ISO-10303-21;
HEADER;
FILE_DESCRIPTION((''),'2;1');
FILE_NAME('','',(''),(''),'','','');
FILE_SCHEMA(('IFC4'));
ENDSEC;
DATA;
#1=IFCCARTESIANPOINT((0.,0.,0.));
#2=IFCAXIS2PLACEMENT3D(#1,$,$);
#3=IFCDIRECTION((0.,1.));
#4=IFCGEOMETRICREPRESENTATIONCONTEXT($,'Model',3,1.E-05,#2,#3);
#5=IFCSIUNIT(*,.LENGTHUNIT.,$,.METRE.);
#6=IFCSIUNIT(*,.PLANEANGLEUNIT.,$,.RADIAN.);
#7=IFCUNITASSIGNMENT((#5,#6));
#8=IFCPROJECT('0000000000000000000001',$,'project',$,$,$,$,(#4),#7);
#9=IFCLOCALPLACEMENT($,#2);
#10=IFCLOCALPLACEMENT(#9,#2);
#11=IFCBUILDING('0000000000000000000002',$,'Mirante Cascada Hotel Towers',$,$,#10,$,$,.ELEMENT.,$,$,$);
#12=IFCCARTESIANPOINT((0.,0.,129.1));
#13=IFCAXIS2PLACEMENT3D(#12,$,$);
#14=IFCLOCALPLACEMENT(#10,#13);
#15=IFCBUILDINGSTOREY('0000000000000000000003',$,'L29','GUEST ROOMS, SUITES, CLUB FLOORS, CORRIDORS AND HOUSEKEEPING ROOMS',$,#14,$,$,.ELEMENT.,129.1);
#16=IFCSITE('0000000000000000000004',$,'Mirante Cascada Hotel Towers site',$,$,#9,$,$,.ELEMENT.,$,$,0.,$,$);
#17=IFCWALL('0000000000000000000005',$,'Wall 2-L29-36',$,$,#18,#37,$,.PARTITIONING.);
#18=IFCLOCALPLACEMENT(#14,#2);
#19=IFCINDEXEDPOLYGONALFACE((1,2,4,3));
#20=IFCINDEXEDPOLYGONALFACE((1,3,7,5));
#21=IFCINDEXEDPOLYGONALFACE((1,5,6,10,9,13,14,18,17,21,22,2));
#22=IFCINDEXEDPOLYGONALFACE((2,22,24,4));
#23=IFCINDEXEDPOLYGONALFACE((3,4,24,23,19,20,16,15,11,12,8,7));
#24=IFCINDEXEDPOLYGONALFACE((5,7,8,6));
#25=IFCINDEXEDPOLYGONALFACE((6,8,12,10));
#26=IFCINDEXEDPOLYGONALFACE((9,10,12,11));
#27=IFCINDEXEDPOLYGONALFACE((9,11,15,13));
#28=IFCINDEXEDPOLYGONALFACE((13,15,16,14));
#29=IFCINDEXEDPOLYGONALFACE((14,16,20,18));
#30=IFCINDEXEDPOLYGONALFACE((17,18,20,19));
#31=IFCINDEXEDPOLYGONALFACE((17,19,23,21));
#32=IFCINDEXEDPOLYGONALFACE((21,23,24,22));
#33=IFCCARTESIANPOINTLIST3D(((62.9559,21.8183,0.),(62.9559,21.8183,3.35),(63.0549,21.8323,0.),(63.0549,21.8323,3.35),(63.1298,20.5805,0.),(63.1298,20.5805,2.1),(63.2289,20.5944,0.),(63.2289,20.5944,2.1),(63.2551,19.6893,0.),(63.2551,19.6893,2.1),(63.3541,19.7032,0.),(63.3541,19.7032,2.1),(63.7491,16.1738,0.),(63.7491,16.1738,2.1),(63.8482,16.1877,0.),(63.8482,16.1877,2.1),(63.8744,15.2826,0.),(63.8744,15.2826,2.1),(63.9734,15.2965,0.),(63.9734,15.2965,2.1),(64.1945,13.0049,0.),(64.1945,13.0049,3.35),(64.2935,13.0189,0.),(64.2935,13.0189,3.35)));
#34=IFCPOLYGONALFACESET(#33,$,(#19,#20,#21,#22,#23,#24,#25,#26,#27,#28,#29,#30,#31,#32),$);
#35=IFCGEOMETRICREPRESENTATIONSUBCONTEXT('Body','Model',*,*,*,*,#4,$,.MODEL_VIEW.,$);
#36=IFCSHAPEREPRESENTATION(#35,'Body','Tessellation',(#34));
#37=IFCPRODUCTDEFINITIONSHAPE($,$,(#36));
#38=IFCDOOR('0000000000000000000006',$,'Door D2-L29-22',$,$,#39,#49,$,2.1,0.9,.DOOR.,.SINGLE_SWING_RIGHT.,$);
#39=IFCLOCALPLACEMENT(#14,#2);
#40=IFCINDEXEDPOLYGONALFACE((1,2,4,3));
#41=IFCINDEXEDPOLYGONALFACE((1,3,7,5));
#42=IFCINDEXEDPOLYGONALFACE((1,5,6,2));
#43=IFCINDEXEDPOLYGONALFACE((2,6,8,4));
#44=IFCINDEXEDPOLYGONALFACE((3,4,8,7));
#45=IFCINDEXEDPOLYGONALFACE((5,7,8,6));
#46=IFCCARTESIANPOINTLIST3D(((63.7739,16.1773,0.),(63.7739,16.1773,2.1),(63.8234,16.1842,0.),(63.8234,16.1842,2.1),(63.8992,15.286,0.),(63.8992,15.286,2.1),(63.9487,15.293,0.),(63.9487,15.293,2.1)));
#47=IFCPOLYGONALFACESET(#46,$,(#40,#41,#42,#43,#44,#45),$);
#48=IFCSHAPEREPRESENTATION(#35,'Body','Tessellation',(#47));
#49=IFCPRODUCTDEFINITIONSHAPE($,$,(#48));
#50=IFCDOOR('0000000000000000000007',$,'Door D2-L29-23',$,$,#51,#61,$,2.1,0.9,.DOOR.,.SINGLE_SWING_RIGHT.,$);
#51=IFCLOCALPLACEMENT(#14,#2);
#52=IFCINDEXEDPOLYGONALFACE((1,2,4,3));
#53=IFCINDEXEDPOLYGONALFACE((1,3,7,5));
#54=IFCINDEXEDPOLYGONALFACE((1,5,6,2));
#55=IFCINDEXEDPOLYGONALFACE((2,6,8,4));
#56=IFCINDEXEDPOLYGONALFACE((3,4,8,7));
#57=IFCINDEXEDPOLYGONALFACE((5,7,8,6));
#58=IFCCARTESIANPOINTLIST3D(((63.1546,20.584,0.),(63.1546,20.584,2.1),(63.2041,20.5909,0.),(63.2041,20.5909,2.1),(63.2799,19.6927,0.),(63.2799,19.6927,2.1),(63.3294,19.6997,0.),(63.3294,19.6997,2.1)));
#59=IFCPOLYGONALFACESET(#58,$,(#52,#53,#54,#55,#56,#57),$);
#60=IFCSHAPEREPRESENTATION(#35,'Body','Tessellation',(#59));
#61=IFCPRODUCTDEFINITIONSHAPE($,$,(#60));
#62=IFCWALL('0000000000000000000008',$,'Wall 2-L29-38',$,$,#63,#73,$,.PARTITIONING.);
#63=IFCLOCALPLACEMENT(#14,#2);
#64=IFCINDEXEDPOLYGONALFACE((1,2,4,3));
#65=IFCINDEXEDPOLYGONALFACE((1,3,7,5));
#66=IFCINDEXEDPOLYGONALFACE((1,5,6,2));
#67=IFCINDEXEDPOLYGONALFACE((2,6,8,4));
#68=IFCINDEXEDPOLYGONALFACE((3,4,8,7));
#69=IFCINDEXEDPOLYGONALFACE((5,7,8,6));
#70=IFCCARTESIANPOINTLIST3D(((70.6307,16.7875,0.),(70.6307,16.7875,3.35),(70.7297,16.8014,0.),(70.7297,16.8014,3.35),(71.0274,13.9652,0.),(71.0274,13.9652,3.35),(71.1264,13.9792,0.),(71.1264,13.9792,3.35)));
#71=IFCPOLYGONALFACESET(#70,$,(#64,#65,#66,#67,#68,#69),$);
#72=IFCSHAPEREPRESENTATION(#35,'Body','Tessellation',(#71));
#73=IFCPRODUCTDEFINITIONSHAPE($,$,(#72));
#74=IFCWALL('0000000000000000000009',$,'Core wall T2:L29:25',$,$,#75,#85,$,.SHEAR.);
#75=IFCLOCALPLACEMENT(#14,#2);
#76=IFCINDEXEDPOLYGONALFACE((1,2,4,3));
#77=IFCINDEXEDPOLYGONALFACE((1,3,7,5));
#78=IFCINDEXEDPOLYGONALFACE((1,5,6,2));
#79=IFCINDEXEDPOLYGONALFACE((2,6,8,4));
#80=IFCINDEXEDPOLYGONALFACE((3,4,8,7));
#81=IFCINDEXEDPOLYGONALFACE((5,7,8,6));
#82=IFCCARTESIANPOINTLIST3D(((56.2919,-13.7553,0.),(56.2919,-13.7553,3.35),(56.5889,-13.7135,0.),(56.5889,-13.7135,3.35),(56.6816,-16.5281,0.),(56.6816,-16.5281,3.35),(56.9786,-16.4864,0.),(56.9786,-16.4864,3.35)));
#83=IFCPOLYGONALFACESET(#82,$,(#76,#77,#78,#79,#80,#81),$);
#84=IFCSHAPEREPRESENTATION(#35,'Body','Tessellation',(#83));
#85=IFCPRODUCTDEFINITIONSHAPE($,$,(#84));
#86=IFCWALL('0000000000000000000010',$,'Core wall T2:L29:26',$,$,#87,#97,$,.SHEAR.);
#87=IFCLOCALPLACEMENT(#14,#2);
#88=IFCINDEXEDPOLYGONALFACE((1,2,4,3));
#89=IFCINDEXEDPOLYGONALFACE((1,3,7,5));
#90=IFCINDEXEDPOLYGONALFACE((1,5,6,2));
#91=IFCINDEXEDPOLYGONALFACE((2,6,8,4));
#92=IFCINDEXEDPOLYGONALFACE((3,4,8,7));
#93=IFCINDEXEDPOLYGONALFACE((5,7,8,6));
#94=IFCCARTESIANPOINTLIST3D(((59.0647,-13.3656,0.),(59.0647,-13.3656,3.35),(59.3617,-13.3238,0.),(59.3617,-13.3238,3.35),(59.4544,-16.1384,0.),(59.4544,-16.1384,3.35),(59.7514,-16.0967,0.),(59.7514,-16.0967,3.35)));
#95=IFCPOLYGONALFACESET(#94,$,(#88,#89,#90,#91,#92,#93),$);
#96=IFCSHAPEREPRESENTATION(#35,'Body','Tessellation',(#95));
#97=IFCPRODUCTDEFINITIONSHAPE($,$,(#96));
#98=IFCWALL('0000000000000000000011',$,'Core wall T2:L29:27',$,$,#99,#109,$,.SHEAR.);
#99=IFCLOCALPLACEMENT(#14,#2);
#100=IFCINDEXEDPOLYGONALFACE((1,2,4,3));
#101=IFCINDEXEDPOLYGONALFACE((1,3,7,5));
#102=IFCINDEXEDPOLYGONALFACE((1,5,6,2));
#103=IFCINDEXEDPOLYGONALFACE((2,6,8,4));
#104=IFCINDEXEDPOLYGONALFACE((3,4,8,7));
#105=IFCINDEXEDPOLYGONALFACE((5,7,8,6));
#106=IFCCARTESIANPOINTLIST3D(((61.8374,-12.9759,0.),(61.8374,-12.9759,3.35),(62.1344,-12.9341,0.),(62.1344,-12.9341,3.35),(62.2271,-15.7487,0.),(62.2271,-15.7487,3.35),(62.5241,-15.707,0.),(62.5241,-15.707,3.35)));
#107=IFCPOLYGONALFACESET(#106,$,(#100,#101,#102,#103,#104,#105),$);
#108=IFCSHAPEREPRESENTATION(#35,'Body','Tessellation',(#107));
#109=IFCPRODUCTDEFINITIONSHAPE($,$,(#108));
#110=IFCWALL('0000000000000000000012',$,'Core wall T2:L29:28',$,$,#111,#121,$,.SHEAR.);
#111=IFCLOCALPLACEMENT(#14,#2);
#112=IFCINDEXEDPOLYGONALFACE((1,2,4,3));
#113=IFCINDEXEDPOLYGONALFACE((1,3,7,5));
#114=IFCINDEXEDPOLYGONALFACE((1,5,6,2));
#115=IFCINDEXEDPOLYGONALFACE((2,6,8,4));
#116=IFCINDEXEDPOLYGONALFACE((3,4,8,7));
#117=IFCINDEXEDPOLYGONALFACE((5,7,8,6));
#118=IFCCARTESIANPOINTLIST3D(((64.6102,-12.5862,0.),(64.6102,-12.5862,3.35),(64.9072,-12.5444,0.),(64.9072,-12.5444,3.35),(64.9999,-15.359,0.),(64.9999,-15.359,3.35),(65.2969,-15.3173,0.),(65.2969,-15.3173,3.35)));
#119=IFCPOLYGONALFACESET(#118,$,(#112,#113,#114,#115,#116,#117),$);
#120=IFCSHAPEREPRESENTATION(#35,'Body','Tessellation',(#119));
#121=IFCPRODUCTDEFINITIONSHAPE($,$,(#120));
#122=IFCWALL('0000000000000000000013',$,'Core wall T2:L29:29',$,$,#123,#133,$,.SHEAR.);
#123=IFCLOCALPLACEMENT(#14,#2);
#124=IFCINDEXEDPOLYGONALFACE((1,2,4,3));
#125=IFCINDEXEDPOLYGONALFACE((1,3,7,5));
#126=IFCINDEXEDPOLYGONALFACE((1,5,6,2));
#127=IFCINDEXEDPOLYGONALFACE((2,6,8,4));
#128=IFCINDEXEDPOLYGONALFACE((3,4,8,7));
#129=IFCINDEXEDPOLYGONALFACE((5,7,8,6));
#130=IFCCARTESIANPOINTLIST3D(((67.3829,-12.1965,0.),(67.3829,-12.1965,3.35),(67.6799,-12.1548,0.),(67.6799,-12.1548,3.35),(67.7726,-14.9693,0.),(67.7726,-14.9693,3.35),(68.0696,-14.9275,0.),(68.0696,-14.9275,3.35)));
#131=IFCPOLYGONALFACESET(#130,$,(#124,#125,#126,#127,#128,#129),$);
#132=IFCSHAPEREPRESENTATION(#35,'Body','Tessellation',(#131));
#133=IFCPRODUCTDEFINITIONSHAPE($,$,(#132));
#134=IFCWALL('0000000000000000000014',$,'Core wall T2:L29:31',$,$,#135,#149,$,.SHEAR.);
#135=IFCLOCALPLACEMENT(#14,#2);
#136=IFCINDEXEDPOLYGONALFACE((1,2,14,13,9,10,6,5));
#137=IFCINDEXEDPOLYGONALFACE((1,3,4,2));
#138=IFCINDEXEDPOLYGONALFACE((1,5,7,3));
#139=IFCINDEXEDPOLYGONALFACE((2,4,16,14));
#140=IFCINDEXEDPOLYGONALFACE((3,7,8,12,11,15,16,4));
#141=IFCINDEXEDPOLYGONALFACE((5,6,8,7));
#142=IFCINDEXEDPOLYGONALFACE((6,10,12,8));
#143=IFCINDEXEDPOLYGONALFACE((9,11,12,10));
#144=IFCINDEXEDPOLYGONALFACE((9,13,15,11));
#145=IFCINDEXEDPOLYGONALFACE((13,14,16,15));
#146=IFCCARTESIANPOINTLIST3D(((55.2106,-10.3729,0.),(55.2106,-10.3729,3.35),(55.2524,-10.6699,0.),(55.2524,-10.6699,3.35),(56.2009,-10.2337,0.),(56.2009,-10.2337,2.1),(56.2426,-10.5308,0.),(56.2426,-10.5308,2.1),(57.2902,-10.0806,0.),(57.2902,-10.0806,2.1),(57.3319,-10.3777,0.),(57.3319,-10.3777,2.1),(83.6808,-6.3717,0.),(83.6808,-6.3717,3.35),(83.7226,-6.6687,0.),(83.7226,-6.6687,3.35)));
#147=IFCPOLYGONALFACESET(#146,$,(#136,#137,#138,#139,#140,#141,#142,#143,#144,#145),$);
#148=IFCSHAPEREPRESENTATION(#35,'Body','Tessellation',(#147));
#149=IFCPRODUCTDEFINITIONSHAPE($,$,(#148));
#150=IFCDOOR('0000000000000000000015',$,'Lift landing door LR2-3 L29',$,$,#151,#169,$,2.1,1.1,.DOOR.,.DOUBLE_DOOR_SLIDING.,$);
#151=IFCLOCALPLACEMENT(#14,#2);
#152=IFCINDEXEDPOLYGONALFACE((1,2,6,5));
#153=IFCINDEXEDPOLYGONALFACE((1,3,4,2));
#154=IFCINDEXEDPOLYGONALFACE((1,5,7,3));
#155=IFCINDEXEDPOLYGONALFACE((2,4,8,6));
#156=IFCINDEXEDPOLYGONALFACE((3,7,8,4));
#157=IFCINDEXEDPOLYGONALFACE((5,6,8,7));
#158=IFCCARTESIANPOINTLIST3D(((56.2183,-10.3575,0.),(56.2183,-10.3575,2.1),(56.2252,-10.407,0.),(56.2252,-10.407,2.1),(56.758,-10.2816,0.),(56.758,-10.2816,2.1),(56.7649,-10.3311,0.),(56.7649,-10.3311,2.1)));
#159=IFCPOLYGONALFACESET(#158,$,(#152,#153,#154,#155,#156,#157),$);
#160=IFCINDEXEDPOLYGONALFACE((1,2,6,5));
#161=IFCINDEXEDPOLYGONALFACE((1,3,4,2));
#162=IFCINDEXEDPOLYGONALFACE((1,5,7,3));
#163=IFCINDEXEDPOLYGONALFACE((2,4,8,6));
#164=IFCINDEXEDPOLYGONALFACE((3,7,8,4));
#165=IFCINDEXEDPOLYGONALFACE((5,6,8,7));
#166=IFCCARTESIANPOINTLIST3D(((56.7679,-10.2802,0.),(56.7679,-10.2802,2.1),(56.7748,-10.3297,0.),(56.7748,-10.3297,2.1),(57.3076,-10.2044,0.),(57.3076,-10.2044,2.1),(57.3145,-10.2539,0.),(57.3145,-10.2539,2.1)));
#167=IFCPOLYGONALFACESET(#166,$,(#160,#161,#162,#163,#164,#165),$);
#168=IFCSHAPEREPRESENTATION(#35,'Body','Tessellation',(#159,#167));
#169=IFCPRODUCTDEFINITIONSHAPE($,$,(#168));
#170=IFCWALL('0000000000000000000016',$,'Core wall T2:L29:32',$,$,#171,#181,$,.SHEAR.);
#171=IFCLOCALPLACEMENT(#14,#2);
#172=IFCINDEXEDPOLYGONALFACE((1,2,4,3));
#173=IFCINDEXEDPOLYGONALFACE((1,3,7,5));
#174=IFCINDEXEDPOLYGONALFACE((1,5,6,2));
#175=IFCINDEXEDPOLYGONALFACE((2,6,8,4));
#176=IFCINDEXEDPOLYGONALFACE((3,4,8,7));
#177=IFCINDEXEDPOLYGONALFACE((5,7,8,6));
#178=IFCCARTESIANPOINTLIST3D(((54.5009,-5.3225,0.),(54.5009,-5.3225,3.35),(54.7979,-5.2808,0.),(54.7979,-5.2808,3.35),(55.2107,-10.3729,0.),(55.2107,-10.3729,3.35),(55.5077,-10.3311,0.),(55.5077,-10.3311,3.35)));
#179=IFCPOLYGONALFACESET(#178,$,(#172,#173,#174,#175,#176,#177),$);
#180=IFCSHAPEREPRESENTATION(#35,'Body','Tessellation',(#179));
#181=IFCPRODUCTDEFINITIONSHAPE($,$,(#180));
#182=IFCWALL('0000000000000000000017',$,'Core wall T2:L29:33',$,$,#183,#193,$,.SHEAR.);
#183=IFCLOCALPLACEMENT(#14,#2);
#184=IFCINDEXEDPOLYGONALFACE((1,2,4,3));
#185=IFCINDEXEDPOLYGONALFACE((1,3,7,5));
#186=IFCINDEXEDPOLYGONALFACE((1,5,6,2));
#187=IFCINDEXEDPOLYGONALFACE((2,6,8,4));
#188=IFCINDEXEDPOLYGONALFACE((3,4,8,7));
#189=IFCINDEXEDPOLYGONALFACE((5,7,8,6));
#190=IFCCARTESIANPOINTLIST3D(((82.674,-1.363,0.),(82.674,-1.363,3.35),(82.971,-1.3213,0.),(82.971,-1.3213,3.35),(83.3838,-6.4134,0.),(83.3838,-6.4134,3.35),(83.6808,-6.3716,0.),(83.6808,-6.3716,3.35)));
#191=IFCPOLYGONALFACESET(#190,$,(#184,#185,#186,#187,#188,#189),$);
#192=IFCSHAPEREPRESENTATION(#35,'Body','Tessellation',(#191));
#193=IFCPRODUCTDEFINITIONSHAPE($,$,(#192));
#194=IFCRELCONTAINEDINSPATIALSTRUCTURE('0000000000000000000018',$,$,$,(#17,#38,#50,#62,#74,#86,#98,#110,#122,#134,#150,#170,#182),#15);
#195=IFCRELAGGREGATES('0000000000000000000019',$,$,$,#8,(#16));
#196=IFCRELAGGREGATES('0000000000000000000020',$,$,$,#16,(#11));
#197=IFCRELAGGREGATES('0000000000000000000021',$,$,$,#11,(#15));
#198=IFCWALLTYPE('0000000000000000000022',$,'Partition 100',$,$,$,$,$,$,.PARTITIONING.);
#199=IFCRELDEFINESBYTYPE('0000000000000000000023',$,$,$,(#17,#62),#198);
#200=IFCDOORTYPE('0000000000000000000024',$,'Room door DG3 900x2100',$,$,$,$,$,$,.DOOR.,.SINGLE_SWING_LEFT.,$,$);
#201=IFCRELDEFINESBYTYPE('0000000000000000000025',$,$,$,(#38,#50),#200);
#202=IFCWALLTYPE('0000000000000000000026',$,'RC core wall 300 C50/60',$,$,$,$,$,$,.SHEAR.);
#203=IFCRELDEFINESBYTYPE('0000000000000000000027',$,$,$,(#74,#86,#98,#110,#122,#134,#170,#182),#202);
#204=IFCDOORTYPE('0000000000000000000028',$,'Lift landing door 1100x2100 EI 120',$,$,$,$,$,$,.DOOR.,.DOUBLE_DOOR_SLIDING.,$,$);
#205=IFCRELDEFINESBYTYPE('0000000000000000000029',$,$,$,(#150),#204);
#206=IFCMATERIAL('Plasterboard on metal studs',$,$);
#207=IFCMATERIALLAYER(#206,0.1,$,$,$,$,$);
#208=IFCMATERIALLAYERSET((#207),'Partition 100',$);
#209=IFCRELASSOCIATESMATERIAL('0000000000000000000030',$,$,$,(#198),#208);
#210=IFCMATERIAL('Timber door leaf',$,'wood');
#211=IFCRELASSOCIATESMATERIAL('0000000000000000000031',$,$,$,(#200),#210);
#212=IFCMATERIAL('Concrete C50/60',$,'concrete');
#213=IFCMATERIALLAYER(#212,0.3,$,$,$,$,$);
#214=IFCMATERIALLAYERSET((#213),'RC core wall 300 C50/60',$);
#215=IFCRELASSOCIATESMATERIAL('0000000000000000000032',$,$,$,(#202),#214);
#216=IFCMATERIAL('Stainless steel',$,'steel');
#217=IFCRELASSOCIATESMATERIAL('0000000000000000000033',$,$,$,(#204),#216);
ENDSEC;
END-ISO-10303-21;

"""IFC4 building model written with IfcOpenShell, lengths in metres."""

from ifc_helpers import new_model, si_unit, direction, frame, frame_2d, origin, place, context, subcontext, project, spatial, rectangle, extrude, material, layer, layer_set, type_object, element, fill, save


model = new_model("IFC4")

# Units and contexts
model_context = context("Model", 3, precision=1e-05, world=origin(), true_north=direction((0.0, 1.0)))
body_context = subcontext(model_context, "Body", "Model", "MODEL_VIEW")
ifc_project = project(units=[si_unit("LENGTHUNIT", "METRE"), si_unit("PLANEANGLEUNIT", "RADIAN")], contexts=[model_context])

# Site, building, storey
site_placement = place(None, origin())
site = spatial("IfcSite", under=ifc_project, at=site_placement, Name="Mirante Cascada Hotel Towers site", CompositionType="ELEMENT", RefElevation=0.0)
building_placement = place(site_placement, origin())
building = spatial("IfcBuilding", under=site, at=building_placement, Name="Mirante Cascada Hotel Towers", CompositionType="ELEMENT")
storey_placement = place(building_placement, frame((0.0, 0.0, 129.1)))
storey = spatial("IfcBuildingStorey", under=building, at=storey_placement, Name="L29", Description="GUEST ROOMS, SUITES, CLUB FLOORS, CORRIDORS AND HOUSEKEEPING ROOMS", CompositionType="ELEMENT", Elevation=129.1)

# Shared definitions
ifc_material_1 = material(Name="Plasterboard on metal studs")
ifc_layer_1 = layer(ifc_material_1, 0.1)
ifc_layer_set_1 = layer_set([ifc_layer_1], Name="Partition 100")
wall_type_1 = type_object("IfcWallType", Name="Partition 100", PredefinedType="PARTITIONING", material=ifc_layer_set_1)

# Wall, openings, doors
wall_1_placement = place(storey_placement, frame((64.244, 13.0119, 0.0), z_axis=(0.0, 0.0, 1.0), x_axis=(-0.139168, 0.990269, 0.0)))
wall_1 = element("IfcWall", 1, at=wall_1_placement, inside=storey, type_object=wall_type_1, Name="Wall 2-L29-36", PredefinedType="PARTITIONING", context=body_context, shape_type="SweptSolid", body=[
    extrude(rectangle(XDim=8.9, YDim=0.1, at=frame_2d((4.45, 0.0))), origin(), (0.0, 0.0, 1.0), 3.35),
])
opening_1_placement = place(wall_1_placement, frame((2.3, 0.0, 0.0)))
opening_1 = element("IfcOpeningElement", 2, at=opening_1_placement, cuts=wall_1, PredefinedType="OPENING", context=body_context, shape_type="SweptSolid", body=[
    extrude(rectangle(XDim=0.9, YDim=2.1, at=frame_2d((0.45, 1.05))), frame((0.0, 0.05, 0.0), z_axis=(0.0, -1.0, 0.0), x_axis=(1.0, 0.0, 0.0)), (0.0, 0.0, 1.0), 0.1),
])
opening_2_placement = place(wall_1_placement, frame((6.75, 0.0, 0.0)))
opening_2 = element("IfcOpeningElement", 3, at=opening_2_placement, cuts=wall_1, PredefinedType="OPENING", context=body_context, shape_type="SweptSolid", body=[
    extrude(rectangle(XDim=0.9, YDim=2.1, at=frame_2d((0.45, 1.05))), frame((0.0, 0.05, 0.0), z_axis=(0.0, -1.0, 0.0), x_axis=(1.0, 0.0, 0.0)), (0.0, 0.0, 1.0), 0.1),
])
ifc_material_2 = material(Name="Timber door leaf", Category="wood")
door_type_1 = type_object("IfcDoorType", Name="Room door DG3 900x2100", OperationType="SINGLE_SWING_LEFT", PredefinedType="DOOR", material=ifc_material_2)
door_1_placement = place(opening_1_placement, frame((0.9, 0.0, 0.0), z_axis=(0.0, 0.0, 1.0), x_axis=(-1.0, 0.0, 0.0)))
door_1 = element("IfcDoor", 4, at=door_1_placement, inside=storey, type_object=door_type_1, Name="Door D2-L29-22", OperationType="SINGLE_SWING_RIGHT", OverallHeight=2.1, OverallWidth=0.9, PredefinedType="DOOR", context=body_context, shape_type="SweptSolid", body=[
    extrude(rectangle(XDim=0.9, YDim=2.1, at=frame_2d((0.45, 1.05))), frame((0.0, 0.025, 0.0), z_axis=(0.0, -1.0, 0.0), x_axis=(1.0, 0.0, 0.0)), (0.0, 0.0, 1.0), 0.05),
])
fill(opening_1, door_1)
door_2_placement = place(opening_2_placement, frame((0.9, 0.0, 0.0), z_axis=(0.0, 0.0, 1.0), x_axis=(-1.0, 0.0, 0.0)))
door_2 = element("IfcDoor", 5, at=door_2_placement, inside=storey, type_object=door_type_1, Name="Door D2-L29-23", OperationType="SINGLE_SWING_RIGHT", OverallHeight=2.1, OverallWidth=0.9, PredefinedType="DOOR", context=body_context, shape_type="SweptSolid", body=[
    extrude(rectangle(XDim=0.9, YDim=2.1, at=frame_2d((0.45, 1.05))), frame((0.0, 0.025, 0.0), z_axis=(0.0, -1.0, 0.0), x_axis=(1.0, 0.0, 0.0)), (0.0, 0.0, 1.0), 0.05),
])
fill(opening_2, door_2)

# Walls
wall_2_placement = place(storey_placement, frame((71.0769, 13.9722, 0.0), z_axis=(0.0, 0.0, 1.0), x_axis=(-0.139191, 0.990266, 0.0)))
element("IfcWall", 6, at=wall_2_placement, inside=storey, type_object=wall_type_1, Name="Wall 2-L29-38", PredefinedType="PARTITIONING", context=body_context, shape_type="SweptSolid", body=[
    extrude(rectangle(XDim=2.85, YDim=0.1, at=frame_2d((1.425, 0.0))), origin(), (0.0, 0.0, 1.0), 3.35),
])
ifc_material_3 = material(Name="Concrete C50/60", Category="concrete")
ifc_layer_2 = layer(ifc_material_3, 0.3)
ifc_layer_set_2 = layer_set([ifc_layer_2], Name="RC core wall 300 C50/60")
wall_type_2 = type_object("IfcWallType", Name="RC core wall 300 C50/60", PredefinedType="SHEAR", material=ifc_layer_set_2)
for number, where, z_axis, x_axis, name in (
    (7, (56.8301, -16.5072, 0.0), (0.0, 0.0, 1.0), (-0.139176, 0.990268, 0.0), "Core wall T2:L29:25"),
    (8, (59.6029, -16.1175, 0.0), (0.0, 0.0, 1.0), (-0.139176, 0.990268, 0.0), "Core wall T2:L29:26"),
    (9, (62.3756, -15.7278, 0.0), (0.0, 0.0, 1.0), (-0.139176, 0.990268, 0.0), "Core wall T2:L29:27"),
    (10, (65.1484, -15.3381, 0.0), (0.0, 0.0, 1.0), (-0.139176, 0.990268, 0.0), "Core wall T2:L29:28"),
):
    element("IfcWall", number, at=place(storey_placement, frame(where, z_axis=z_axis, x_axis=x_axis)), inside=storey, type_object=wall_type_2, Name=name, PredefinedType="SHEAR", context=body_context, shape_type="SweptSolid", body=[
        extrude(rectangle(XDim=2.8001, YDim=0.3, at=frame_2d((1.4, 0.0))), origin(), (0.0, 0.0, 1.0), 3.35),
    ])
wall_3_placement = place(storey_placement, frame((67.9211, -14.9484, 0.0), z_axis=(0.0, 0.0, 1.0), x_axis=(-0.139181, 0.990267, 0.0)))
element("IfcWall", 11, at=wall_3_placement, inside=storey, type_object=wall_type_2, Name="Core wall T2:L29:29", PredefinedType="SHEAR", context=body_context, shape_type="SweptSolid", body=[
    extrude(rectangle(XDim=2.8, YDim=0.3, at=frame_2d((1.4, 0.0))), origin(), (0.0, 0.0, 1.0), 3.35),
])

# Wall, opening, door
wall_4_placement = place(storey_placement, frame((55.2315, -10.5214, 0.0), z_axis=(0.0, 0.0, 1.0), x_axis=(0.990268, 0.139172, 0.0)))
wall_4 = element("IfcWall", 12, at=wall_4_placement, inside=storey, type_object=wall_type_2, Name="Core wall T2:L29:31", PredefinedType="SHEAR", context=body_context, shape_type="SweptSolid", body=[
    extrude(rectangle(XDim=28.75, YDim=0.3, at=frame_2d((14.375, 0.0))), origin(), (0.0, 0.0, 1.0), 3.35),
])
opening_3_placement = place(wall_4_placement, frame((1.0, 0.0, 0.0)))
opening_3 = element("IfcOpeningElement", 13, at=opening_3_placement, cuts=wall_4, PredefinedType="OPENING", context=body_context, shape_type="SweptSolid", body=[
    extrude(rectangle(XDim=1.1, YDim=2.1, at=frame_2d((0.55, 1.05))), frame((0.0, 0.15, 0.0), z_axis=(0.0, -1.0, 0.0), x_axis=(1.0, 0.0, 0.0)), (0.0, 0.0, 1.0), 0.3),
])
ifc_material_4 = material(Name="Stainless steel", Category="steel")
door_type_2 = type_object("IfcDoorType", Name="Lift landing door 1100x2100 EI 120", OperationType="DOUBLE_DOOR_SLIDING", PredefinedType="DOOR", material=ifc_material_4)
door_3_placement = place(opening_3_placement, origin())
door_3 = element("IfcDoor", 14, at=door_3_placement, inside=storey, type_object=door_type_2, Name="Lift landing door LR2-3 L29", OperationType="DOUBLE_DOOR_SLIDING", OverallHeight=2.1, OverallWidth=1.1, PredefinedType="DOOR", context=body_context, shape_type="SweptSolid", body=[
    extrude(rectangle(XDim=0.545, YDim=2.1, at=frame_2d((0.2725, 1.05))), frame((0.0, 0.025, 0.0), z_axis=(0.0, -1.0, 0.0), x_axis=(1.0, 0.0, 0.0)), (0.0, 0.0, 1.0), 0.05),
    extrude(rectangle(XDim=0.545, YDim=2.1, at=frame_2d((0.8275, 1.05))), frame((0.0, 0.025, 0.0), z_axis=(0.0, -1.0, 0.0), x_axis=(1.0, 0.0, 0.0)), (0.0, 0.0, 1.0), 0.05),
])
fill(opening_3, door_3)

# Walls
for number, where, z_axis, x_axis, name in (
    (15, (55.3592, -10.352, 0.0), (0.0, 0.0, 1.0), (-0.139176, 0.990268, 0.0), "Core wall T2:L29:32"),
    (16, (83.5323, -6.3925, 0.0), (0.0, 0.0, 1.0), (-0.139176, 0.990268, 0.0), "Core wall T2:L29:33"),
):
    element("IfcWall", number, at=place(storey_placement, frame(where, z_axis=z_axis, x_axis=x_axis)), inside=storey, type_object=wall_type_2, Name=name, PredefinedType="SHEAR", context=body_context, shape_type="SweptSolid", body=[
        extrude(rectangle(XDim=5.1, YDim=0.3, at=frame_2d((2.55, 0.0))), origin(), (0.0, 0.0, 1.0), 3.35),
    ])

save(model, "model.ifc")
